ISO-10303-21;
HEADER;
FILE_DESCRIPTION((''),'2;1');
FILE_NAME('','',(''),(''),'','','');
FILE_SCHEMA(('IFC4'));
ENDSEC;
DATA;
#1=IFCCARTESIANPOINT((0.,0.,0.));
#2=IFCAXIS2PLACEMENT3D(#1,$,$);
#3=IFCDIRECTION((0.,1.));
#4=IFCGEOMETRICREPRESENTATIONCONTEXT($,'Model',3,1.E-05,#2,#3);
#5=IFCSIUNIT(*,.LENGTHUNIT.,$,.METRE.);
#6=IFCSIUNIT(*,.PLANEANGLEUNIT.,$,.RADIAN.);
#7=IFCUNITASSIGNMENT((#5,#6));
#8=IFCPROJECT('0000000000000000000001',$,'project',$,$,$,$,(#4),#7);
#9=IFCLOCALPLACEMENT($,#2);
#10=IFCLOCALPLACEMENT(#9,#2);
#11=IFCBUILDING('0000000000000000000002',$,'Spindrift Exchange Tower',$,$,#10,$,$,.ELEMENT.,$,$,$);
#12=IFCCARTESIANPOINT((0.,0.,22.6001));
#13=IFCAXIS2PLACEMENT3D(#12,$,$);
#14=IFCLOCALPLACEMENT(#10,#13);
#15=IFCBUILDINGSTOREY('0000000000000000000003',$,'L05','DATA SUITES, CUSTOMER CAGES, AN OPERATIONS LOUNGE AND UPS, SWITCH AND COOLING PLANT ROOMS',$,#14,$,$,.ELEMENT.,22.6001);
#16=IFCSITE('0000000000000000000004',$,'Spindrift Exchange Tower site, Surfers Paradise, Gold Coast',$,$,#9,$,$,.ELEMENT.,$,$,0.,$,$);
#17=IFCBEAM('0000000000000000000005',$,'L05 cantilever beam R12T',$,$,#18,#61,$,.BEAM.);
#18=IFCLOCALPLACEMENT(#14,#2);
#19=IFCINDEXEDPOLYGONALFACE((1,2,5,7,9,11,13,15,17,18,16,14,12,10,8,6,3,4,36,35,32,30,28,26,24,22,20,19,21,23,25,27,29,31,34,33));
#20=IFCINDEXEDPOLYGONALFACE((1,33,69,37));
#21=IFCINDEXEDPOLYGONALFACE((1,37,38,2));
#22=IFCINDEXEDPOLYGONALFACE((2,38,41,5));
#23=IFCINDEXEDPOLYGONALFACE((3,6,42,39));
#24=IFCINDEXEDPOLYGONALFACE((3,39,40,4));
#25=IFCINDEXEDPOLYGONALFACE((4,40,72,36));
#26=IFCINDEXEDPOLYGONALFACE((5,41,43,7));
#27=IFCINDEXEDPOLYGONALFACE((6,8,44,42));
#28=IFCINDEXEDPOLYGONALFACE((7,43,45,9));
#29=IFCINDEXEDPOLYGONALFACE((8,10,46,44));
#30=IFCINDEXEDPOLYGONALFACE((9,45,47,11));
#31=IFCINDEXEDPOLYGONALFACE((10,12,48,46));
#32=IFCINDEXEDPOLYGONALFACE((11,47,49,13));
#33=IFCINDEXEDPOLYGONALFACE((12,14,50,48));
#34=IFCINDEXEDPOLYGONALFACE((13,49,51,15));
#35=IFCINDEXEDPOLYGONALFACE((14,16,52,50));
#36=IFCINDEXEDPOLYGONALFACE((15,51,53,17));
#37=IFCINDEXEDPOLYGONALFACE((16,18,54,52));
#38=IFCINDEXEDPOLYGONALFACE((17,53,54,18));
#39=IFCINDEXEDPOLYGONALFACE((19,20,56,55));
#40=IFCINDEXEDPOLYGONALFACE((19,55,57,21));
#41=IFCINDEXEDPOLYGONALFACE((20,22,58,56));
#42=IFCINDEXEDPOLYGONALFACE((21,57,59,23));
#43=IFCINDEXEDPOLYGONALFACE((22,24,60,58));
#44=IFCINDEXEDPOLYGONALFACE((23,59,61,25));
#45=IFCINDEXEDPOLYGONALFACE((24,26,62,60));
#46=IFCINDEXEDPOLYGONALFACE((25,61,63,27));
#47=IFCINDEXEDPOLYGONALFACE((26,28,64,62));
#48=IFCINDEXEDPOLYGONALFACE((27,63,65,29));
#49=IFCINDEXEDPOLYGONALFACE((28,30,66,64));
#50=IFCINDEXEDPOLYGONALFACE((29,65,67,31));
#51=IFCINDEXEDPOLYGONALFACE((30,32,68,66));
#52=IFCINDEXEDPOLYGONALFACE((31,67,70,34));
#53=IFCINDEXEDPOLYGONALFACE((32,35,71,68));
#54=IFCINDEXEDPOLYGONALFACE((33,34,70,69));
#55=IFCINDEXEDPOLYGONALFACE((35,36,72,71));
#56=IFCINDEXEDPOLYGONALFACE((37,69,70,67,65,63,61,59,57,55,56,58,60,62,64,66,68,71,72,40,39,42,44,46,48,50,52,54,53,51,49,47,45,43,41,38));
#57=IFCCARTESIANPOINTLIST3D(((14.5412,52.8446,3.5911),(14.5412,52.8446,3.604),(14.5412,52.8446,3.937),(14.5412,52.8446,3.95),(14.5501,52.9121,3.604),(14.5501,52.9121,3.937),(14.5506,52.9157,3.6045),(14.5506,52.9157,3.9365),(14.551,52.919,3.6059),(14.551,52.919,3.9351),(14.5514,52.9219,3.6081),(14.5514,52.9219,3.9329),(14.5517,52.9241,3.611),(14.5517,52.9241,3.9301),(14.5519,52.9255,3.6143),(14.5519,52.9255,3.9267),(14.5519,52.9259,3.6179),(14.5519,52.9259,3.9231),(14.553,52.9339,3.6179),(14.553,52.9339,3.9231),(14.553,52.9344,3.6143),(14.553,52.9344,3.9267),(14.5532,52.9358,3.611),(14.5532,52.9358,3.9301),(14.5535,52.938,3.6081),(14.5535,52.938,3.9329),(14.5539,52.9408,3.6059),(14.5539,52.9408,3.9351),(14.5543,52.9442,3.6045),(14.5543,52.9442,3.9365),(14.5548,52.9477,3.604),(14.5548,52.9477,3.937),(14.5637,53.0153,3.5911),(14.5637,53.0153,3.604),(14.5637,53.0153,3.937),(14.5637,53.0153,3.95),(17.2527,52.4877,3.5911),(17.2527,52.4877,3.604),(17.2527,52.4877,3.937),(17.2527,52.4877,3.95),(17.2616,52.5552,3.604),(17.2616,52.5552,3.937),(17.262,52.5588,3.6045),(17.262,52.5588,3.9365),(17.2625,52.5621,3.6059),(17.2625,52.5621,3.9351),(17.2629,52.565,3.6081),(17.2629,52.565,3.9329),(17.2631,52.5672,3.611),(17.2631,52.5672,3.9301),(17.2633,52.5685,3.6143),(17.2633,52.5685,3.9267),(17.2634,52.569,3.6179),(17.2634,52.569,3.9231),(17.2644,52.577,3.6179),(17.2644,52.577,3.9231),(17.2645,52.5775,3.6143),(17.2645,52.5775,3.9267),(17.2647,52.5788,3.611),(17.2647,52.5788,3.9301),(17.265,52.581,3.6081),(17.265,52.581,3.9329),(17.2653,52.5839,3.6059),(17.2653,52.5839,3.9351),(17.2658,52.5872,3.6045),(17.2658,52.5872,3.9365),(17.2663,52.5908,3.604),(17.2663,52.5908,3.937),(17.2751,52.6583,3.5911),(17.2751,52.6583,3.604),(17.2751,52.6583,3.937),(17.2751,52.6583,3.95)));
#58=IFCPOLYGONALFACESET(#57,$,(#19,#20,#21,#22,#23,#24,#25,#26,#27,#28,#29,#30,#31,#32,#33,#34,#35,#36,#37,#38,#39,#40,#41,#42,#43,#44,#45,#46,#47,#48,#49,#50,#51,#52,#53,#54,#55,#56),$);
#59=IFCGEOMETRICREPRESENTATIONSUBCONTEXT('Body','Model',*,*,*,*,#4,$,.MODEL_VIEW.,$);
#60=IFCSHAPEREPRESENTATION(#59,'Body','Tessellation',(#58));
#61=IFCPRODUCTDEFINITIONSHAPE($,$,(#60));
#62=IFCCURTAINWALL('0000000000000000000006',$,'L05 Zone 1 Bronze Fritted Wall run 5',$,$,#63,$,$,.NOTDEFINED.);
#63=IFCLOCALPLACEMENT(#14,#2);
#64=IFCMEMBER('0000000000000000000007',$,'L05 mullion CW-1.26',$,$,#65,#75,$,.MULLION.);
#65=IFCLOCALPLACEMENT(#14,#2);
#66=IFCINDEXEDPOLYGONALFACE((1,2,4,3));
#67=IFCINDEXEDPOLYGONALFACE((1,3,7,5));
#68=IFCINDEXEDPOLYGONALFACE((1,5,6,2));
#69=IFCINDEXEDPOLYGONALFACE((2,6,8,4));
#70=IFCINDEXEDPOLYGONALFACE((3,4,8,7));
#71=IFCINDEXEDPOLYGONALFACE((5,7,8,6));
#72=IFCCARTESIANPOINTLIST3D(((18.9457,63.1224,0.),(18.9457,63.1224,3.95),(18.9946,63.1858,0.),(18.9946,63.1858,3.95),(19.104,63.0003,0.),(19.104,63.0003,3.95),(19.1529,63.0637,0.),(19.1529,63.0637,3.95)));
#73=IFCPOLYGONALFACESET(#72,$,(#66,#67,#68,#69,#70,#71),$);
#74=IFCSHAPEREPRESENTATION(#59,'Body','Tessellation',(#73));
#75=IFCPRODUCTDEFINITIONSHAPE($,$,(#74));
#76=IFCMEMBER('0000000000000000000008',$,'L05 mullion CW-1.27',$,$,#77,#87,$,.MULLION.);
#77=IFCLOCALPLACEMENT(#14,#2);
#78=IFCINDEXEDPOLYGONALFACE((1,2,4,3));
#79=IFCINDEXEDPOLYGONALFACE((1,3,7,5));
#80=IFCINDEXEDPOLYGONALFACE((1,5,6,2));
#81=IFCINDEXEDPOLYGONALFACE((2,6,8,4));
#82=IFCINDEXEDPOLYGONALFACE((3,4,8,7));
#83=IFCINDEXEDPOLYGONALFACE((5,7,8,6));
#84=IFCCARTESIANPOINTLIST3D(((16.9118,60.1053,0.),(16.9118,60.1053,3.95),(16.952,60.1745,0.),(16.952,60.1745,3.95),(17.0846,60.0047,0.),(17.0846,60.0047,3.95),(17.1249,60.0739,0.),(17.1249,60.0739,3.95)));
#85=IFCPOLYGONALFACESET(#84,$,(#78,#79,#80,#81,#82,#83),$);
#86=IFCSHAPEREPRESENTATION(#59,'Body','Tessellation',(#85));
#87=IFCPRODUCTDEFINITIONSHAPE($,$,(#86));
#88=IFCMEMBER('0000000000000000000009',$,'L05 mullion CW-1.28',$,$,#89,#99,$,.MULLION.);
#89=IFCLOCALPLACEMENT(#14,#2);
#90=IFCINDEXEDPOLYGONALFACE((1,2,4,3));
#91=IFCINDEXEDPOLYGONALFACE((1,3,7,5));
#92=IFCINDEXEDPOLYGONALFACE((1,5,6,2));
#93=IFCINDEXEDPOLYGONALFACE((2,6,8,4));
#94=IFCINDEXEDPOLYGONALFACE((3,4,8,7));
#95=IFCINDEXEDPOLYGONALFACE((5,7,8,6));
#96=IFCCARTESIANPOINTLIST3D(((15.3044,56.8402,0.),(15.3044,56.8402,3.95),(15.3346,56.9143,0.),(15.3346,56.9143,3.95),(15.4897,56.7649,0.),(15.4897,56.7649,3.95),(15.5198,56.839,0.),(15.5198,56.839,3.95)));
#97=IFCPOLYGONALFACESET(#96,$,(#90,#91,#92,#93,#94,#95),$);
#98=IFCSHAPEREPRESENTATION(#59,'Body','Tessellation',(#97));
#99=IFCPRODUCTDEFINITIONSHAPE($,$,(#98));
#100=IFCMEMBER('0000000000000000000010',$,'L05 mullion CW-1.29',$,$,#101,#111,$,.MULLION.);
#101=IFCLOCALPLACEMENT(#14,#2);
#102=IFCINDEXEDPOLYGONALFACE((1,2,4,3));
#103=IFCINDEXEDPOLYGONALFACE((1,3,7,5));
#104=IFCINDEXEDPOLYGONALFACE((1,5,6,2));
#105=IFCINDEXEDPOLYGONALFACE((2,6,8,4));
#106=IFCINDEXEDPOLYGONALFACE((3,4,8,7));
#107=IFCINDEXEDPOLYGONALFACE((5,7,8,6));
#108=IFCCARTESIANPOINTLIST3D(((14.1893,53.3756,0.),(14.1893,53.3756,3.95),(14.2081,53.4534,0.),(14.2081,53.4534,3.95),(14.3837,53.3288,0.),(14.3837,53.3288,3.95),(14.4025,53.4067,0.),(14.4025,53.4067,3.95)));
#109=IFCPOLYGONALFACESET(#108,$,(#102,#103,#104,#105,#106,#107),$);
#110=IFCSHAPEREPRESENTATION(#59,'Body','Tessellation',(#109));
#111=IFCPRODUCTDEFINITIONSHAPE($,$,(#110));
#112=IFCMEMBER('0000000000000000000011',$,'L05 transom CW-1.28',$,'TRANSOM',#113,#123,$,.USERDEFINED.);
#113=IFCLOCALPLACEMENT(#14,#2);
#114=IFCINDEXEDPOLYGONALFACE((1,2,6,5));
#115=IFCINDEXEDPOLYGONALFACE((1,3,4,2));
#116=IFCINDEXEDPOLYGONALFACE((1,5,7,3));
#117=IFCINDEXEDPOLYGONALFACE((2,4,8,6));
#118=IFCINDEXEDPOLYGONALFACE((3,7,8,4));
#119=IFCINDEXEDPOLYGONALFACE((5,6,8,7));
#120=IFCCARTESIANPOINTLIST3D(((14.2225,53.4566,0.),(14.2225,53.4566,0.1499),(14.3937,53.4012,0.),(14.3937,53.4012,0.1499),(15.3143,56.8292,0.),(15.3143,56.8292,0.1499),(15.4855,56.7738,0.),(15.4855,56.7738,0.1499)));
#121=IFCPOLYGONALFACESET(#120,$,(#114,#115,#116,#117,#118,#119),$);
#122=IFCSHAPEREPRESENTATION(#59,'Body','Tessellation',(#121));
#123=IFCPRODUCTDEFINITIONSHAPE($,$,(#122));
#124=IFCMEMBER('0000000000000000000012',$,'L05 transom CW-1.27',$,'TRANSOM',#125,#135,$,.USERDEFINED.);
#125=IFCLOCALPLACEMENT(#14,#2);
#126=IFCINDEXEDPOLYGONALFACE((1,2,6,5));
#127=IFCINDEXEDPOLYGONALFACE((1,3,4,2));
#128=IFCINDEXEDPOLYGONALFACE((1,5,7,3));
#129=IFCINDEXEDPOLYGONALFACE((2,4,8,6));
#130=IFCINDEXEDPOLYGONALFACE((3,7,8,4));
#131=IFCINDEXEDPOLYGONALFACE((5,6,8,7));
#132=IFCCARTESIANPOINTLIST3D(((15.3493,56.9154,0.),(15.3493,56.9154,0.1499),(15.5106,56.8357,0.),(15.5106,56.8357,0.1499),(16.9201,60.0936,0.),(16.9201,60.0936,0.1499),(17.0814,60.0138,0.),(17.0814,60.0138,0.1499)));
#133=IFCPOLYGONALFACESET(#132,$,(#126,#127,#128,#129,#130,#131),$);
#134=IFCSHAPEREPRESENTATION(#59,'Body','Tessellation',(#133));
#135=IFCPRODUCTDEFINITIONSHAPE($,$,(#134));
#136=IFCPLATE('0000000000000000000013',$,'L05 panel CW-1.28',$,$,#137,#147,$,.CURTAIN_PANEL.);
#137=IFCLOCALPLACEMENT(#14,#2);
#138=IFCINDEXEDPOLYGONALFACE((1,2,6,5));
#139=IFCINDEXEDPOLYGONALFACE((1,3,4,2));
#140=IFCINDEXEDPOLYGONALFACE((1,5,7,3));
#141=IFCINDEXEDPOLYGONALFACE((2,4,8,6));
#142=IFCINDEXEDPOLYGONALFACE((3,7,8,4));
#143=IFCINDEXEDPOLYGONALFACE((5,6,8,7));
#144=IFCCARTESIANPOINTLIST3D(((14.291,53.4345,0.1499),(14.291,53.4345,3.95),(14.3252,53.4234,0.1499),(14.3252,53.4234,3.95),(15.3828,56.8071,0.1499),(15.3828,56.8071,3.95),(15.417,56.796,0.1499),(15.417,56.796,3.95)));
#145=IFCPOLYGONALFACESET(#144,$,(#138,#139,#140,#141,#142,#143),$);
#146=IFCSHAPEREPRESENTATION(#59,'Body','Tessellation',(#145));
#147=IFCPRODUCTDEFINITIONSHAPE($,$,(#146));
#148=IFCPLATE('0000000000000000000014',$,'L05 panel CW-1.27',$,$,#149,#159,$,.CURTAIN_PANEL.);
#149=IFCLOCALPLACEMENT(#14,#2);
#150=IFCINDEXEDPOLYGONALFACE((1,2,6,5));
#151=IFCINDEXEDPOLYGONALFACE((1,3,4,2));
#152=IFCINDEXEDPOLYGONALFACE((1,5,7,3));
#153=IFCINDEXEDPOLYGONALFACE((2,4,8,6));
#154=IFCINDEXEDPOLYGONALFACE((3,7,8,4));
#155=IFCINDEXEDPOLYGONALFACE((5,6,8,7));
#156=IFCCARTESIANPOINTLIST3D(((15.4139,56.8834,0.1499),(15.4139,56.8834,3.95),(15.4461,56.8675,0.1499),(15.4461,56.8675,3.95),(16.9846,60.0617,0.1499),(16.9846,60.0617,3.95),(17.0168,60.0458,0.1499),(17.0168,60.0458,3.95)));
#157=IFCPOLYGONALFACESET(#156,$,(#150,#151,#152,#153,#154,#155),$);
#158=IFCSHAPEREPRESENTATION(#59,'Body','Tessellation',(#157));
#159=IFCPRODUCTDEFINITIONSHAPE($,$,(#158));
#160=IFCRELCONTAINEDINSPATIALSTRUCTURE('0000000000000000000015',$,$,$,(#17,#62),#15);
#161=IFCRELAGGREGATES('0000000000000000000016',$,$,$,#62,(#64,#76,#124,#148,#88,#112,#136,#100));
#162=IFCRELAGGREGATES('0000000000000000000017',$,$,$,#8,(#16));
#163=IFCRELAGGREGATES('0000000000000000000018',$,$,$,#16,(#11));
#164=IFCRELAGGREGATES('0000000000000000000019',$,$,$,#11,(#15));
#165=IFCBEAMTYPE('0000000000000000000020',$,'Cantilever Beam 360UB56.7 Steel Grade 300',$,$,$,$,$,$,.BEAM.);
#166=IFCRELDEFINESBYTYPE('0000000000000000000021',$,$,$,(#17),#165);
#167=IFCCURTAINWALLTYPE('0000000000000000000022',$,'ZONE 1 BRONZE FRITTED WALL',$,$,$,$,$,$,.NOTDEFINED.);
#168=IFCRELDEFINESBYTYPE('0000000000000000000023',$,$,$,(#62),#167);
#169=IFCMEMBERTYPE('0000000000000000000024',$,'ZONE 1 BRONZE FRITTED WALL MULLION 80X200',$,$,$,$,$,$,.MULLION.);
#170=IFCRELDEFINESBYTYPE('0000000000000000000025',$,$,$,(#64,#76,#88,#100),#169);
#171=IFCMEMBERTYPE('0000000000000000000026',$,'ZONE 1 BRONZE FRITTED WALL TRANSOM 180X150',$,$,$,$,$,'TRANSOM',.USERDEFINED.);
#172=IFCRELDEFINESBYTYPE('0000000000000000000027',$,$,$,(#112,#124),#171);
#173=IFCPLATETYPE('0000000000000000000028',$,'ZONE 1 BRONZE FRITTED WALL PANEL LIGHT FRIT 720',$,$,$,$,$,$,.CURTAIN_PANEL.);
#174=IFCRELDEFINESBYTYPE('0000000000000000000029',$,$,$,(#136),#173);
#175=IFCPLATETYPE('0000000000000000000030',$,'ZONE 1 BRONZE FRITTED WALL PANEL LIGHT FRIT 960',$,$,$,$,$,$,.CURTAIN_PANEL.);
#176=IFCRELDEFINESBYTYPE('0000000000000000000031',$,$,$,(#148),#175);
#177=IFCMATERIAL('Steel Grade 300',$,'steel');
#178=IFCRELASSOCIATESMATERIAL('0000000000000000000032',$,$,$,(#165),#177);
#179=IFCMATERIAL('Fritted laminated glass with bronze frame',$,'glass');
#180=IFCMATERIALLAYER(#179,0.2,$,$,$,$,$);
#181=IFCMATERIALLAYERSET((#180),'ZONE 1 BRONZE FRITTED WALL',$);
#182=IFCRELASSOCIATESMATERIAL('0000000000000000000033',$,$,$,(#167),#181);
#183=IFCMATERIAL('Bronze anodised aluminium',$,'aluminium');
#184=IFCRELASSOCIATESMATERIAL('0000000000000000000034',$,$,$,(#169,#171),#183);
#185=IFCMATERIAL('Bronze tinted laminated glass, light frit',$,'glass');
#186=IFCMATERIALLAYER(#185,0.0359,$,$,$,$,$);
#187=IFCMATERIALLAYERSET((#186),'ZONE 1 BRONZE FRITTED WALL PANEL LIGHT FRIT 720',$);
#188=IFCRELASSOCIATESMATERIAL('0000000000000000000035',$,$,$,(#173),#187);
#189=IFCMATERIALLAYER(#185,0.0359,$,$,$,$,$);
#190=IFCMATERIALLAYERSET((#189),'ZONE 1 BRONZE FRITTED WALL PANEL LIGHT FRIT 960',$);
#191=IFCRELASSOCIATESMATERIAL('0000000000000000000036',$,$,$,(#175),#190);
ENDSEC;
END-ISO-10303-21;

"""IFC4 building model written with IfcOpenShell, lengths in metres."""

from ifc_helpers import new_model, si_unit, direction, frame, origin, origin_2d, place, context, subcontext, project, spatial, rectangle, i_section, extrude, source, transform, mapped, material, layer, layer_set, material_profile, profile_set, type_object, element, aggregate, save


model = new_model("IFC4")

# Units and contexts
model_context = context("Model", 3, precision=1e-05, world=origin(), true_north=direction((0.0, 1.0)))
body_context = subcontext(model_context, "Body", "Model", "MODEL_VIEW")
ifc_project = project(units=[si_unit("LENGTHUNIT", "METRE"), si_unit("PLANEANGLEUNIT", "RADIAN")], contexts=[model_context])

# Site, building, storey
site_placement = place(None, origin())
site = spatial("IfcSite", under=ifc_project, at=site_placement, Name="Spindrift Exchange Tower site, Surfers Paradise, Gold Coast", CompositionType="ELEMENT", RefElevation=0.0)
building_placement = place(site_placement, origin())
building = spatial("IfcBuilding", under=site, at=building_placement, Name="Spindrift Exchange Tower", CompositionType="ELEMENT")
storey_placement = place(building_placement, frame((0.0, 0.0, 22.6001)))
storey = spatial("IfcBuildingStorey", under=building, at=storey_placement, Name="L05", Description="DATA SUITES, CUSTOMER CAGES, AN OPERATIONS LOUNGE AND UPS, SWITCH AND COOLING PLANT ROOMS", CompositionType="ELEMENT", Elevation=22.6001)

# Beam
ifc_material_1 = material(Name="Steel Grade 300", Category="steel")
ifc_material_profile_1 = material_profile(ifc_material_1, i_section(OverallWidth=0.1721, OverallDepth=0.3589, WebThickness=0.0081, FlangeThickness=0.0129, FilletRadius=0.0139, at=origin_2d()), Name="360UB56.7")
ifc_profile_set_1 = profile_set([ifc_material_profile_1], Name="Steel Grade 300")
beam_type_1 = type_object("IfcBeamType", Name="Cantilever Beam 360UB56.7 Steel Grade 300", PredefinedType="BEAM", material=ifc_profile_set_1)
shared_shape_1 = source(origin(), body_context, "Body", "SweptSolid", [
    extrude(i_section(OverallWidth=0.1721, OverallDepth=0.3589, WebThickness=0.0081, FlangeThickness=0.0129, FilletRadius=0.0139, at=origin_2d()), origin(), (0.0, 0.0, 1.0), 2.7349),
])
beam_1_placement = place(storey_placement, frame((17.2639, 52.573, 3.7705), z_axis=(-0.991446, 0.130515, 0.0), x_axis=(-0.130515, -0.991446, 0.0)))
element("IfcBeam", 1, at=beam_1_placement, inside=storey, type_object=beam_type_1, Name="L05 cantilever beam R12T", PredefinedType="BEAM", context=body_context, shape_type="MappedRepresentation", body=[
    mapped(shared_shape_1, transform((0.0, 0.0, 0.0), scale=1.0)),
])

# Curtain wall, members, plates
ifc_material_2 = material(Name="Fritted laminated glass with bronze frame", Category="glass")
ifc_layer_1 = layer(ifc_material_2, 0.2)
ifc_layer_set_1 = layer_set([ifc_layer_1], Name="ZONE 1 BRONZE FRITTED WALL")
curtain_wall_type = type_object("IfcCurtainWallType", Name="ZONE 1 BRONZE FRITTED WALL", PredefinedType="NOTDEFINED", material=ifc_layer_set_1)
curtain_wall_placement = place(storey_placement, origin())
curtain_wall = element("IfcCurtainWall", 2, at=curtain_wall_placement, inside=storey, type_object=curtain_wall_type, Name="L05 Zone 1 Bronze Fritted Wall run 5", PredefinedType="NOTDEFINED")
ifc_material_3 = material(Name="Bronze anodised aluminium", Category="aluminium")
ifc_material_profile_2 = material_profile(ifc_material_3, rectangle(XDim=0.0801, YDim=0.2, at=origin_2d()), Name="ZONE 1 BRONZE FRITTED WALL MULLION 80X200")
ifc_profile_set_2 = profile_set([ifc_material_profile_2], Name="Bronze anodised aluminium")
member_type_1 = type_object("IfcMemberType", Name="ZONE 1 BRONZE FRITTED WALL MULLION 80X200", PredefinedType="MULLION", material=ifc_profile_set_2)
shared_shape_2 = source(origin(), body_context, "Body", "SweptSolid", [
    extrude(rectangle(XDim=0.0801, YDim=0.2, at=origin_2d()), origin(), (0.0, 0.0, 1.0), 3.95),
])
member_1_placement = place(storey_placement, frame((19.0493, 63.093, 0.0), z_axis=(0.0, 0.0, 1.0), x_axis=(-0.610696, -0.791865, 0.0)))
member_1 = element("IfcMember", 3, at=member_1_placement, type_object=member_type_1, Name="L05 mullion CW-1.26", PredefinedType="MULLION", context=body_context, shape_type="MappedRepresentation", body=[
    mapped(shared_shape_2, transform((0.0, 0.0, 0.0), scale=1.0)),
])
member_2_placement = place(storey_placement, frame((17.0183, 60.0896, 0.0), z_axis=(0.0, 0.0, 1.0), x_axis=(-0.502772, -0.864419, 0.0)))
member_2 = element("IfcMember", 4, at=member_2_placement, type_object=member_type_1, Name="L05 mullion CW-1.27", PredefinedType="MULLION", context=body_context, shape_type="MappedRepresentation", body=[
    mapped(shared_shape_2, transform((0.0, 0.0, 0.0), scale=1.0)),
])
member_3_placement = place(storey_placement, frame((15.4121, 56.8396, 0.0), z_axis=(0.0, 0.0, 1.0), x_axis=(-0.376527, -0.926406, 0.0)))
member_3 = element("IfcMember", 5, at=member_3_placement, type_object=member_type_1, Name="L05 mullion CW-1.28", PredefinedType="MULLION", context=body_context, shape_type="MappedRepresentation", body=[
    mapped(shared_shape_2, transform((0.0, 0.0, 0.0), scale=1.0)),
])
member_4_placement = place(storey_placement, frame((14.2959, 53.3911, 0.0), z_axis=(0.0, 0.0, 1.0), x_axis=(-0.233791, -0.972287, 0.0)))
member_4 = element("IfcMember", 6, at=member_4_placement, type_object=member_type_1, Name="L05 mullion CW-1.29", PredefinedType="MULLION", context=body_context, shape_type="MappedRepresentation", body=[
    mapped(shared_shape_2, transform((0.0, 0.0, 0.0), scale=1.0)),
])
ifc_material_profile_3 = material_profile(ifc_material_3, rectangle(XDim=0.1799, YDim=0.1499, at=origin_2d()), Name="ZONE 1 BRONZE FRITTED WALL TRANSOM 180X150")
ifc_profile_set_3 = profile_set([ifc_material_profile_3], Name="Bronze anodised aluminium")
member_type_2 = type_object("IfcMemberType", Name="ZONE 1 BRONZE FRITTED WALL TRANSOM 180X150", ElementType="TRANSOM", PredefinedType="USERDEFINED", material=ifc_profile_set_3)
shared_shape_3 = source(origin(), body_context, "Body", "SweptSolid", [
    extrude(rectangle(XDim=0.1799, YDim=0.1499, at=origin_2d()), origin(), (0.0, 0.0, 1.0), 3.5449),
])
member_5_placement = place(storey_placement, frame((15.3999, 56.8015, 0.075), z_axis=(-0.307993, -0.951389, 0.0), x_axis=(0.951389, -0.307993, 0.0)))
member_5 = element("IfcMember", 7, at=member_5_placement, type_object=member_type_2, Name="L05 transom CW-1.28", ObjectType="TRANSOM", PredefinedType="USERDEFINED", context=body_context, shape_type="MappedRepresentation", body=[
    mapped(shared_shape_3, transform((0.0, 0.0, 0.0), scale=1.0)),
])
shared_shape_4 = source(origin(), body_context, "Body", "SweptSolid", [
    extrude(rectangle(XDim=0.1799, YDim=0.1499, at=origin_2d()), origin(), (0.0, 0.0, 1.0), 3.5452),
])
member_6_placement = place(storey_placement, frame((17.0007, 60.0537, 0.075), z_axis=(-0.443077, -0.896484, 0.0), x_axis=(0.896484, -0.443077, 0.0)))
member_6 = element("IfcMember", 8, at=member_6_placement, type_object=member_type_2, Name="L05 transom CW-1.27", ObjectType="TRANSOM", PredefinedType="USERDEFINED", context=body_context, shape_type="MappedRepresentation", body=[
    mapped(shared_shape_4, transform((0.0, 0.0, 0.0), scale=1.0)),
])
ifc_material_4 = material(Name="Bronze tinted laminated glass, light frit", Category="glass")
ifc_layer_2 = layer(ifc_material_4, 0.0359)
ifc_layer_set_2 = layer_set([ifc_layer_2], Name="ZONE 1 BRONZE FRITTED WALL PANEL LIGHT FRIT 720")
plate_type_1 = type_object("IfcPlateType", Name="ZONE 1 BRONZE FRITTED WALL PANEL LIGHT FRIT 720", PredefinedType="CURTAIN_PANEL", material=ifc_layer_set_2)
shared_shape_5 = source(origin(), body_context, "Body", "SweptSolid", [
    extrude(rectangle(XDim=3.5449, YDim=0.0359, at=origin_2d()), origin(), (0.0, 0.0, 1.0), 3.8),
])
plate_1_placement = place(storey_placement, frame((14.854, 55.1152, 0.1499), z_axis=(0.0, 0.0, 1.0), x_axis=(-0.307989, -0.95139, 0.0)))
plate_1 = element("IfcPlate", 9, at=plate_1_placement, type_object=plate_type_1, Name="L05 panel CW-1.28", PredefinedType="CURTAIN_PANEL", context=body_context, shape_type="MappedRepresentation", body=[
    mapped(shared_shape_5, transform((0.0, 0.0, 0.0), scale=1.0)),
])
ifc_layer_3 = layer(ifc_material_4, 0.0359)
ifc_layer_set_3 = layer_set([ifc_layer_3], Name="ZONE 1 BRONZE FRITTED WALL PANEL LIGHT FRIT 960")
plate_type_2 = type_object("IfcPlateType", Name="ZONE 1 BRONZE FRITTED WALL PANEL LIGHT FRIT 960", PredefinedType="CURTAIN_PANEL", material=ifc_layer_set_3)
shared_shape_6 = source(origin(), body_context, "Body", "SweptSolid", [
    extrude(rectangle(XDim=3.5452, YDim=0.0359, at=origin_2d()), origin(), (0.0, 0.0, 1.0), 3.8),
])
plate_2_placement = place(storey_placement, frame((16.2153, 58.4646, 0.1499), z_axis=(0.0, 0.0, 1.0), x_axis=(-0.44306, -0.896492, 0.0)))
plate_2 = element("IfcPlate", 10, at=plate_2_placement, type_object=plate_type_2, Name="L05 panel CW-1.27", PredefinedType="CURTAIN_PANEL", context=body_context, shape_type="MappedRepresentation", body=[
    mapped(shared_shape_6, transform((0.0, 0.0, 0.0), scale=1.0)),
])
aggregate(curtain_wall, [member_1, member_2, member_6, plate_2, member_3, member_5, plate_1, member_4])

save(model, "model.ifc")
